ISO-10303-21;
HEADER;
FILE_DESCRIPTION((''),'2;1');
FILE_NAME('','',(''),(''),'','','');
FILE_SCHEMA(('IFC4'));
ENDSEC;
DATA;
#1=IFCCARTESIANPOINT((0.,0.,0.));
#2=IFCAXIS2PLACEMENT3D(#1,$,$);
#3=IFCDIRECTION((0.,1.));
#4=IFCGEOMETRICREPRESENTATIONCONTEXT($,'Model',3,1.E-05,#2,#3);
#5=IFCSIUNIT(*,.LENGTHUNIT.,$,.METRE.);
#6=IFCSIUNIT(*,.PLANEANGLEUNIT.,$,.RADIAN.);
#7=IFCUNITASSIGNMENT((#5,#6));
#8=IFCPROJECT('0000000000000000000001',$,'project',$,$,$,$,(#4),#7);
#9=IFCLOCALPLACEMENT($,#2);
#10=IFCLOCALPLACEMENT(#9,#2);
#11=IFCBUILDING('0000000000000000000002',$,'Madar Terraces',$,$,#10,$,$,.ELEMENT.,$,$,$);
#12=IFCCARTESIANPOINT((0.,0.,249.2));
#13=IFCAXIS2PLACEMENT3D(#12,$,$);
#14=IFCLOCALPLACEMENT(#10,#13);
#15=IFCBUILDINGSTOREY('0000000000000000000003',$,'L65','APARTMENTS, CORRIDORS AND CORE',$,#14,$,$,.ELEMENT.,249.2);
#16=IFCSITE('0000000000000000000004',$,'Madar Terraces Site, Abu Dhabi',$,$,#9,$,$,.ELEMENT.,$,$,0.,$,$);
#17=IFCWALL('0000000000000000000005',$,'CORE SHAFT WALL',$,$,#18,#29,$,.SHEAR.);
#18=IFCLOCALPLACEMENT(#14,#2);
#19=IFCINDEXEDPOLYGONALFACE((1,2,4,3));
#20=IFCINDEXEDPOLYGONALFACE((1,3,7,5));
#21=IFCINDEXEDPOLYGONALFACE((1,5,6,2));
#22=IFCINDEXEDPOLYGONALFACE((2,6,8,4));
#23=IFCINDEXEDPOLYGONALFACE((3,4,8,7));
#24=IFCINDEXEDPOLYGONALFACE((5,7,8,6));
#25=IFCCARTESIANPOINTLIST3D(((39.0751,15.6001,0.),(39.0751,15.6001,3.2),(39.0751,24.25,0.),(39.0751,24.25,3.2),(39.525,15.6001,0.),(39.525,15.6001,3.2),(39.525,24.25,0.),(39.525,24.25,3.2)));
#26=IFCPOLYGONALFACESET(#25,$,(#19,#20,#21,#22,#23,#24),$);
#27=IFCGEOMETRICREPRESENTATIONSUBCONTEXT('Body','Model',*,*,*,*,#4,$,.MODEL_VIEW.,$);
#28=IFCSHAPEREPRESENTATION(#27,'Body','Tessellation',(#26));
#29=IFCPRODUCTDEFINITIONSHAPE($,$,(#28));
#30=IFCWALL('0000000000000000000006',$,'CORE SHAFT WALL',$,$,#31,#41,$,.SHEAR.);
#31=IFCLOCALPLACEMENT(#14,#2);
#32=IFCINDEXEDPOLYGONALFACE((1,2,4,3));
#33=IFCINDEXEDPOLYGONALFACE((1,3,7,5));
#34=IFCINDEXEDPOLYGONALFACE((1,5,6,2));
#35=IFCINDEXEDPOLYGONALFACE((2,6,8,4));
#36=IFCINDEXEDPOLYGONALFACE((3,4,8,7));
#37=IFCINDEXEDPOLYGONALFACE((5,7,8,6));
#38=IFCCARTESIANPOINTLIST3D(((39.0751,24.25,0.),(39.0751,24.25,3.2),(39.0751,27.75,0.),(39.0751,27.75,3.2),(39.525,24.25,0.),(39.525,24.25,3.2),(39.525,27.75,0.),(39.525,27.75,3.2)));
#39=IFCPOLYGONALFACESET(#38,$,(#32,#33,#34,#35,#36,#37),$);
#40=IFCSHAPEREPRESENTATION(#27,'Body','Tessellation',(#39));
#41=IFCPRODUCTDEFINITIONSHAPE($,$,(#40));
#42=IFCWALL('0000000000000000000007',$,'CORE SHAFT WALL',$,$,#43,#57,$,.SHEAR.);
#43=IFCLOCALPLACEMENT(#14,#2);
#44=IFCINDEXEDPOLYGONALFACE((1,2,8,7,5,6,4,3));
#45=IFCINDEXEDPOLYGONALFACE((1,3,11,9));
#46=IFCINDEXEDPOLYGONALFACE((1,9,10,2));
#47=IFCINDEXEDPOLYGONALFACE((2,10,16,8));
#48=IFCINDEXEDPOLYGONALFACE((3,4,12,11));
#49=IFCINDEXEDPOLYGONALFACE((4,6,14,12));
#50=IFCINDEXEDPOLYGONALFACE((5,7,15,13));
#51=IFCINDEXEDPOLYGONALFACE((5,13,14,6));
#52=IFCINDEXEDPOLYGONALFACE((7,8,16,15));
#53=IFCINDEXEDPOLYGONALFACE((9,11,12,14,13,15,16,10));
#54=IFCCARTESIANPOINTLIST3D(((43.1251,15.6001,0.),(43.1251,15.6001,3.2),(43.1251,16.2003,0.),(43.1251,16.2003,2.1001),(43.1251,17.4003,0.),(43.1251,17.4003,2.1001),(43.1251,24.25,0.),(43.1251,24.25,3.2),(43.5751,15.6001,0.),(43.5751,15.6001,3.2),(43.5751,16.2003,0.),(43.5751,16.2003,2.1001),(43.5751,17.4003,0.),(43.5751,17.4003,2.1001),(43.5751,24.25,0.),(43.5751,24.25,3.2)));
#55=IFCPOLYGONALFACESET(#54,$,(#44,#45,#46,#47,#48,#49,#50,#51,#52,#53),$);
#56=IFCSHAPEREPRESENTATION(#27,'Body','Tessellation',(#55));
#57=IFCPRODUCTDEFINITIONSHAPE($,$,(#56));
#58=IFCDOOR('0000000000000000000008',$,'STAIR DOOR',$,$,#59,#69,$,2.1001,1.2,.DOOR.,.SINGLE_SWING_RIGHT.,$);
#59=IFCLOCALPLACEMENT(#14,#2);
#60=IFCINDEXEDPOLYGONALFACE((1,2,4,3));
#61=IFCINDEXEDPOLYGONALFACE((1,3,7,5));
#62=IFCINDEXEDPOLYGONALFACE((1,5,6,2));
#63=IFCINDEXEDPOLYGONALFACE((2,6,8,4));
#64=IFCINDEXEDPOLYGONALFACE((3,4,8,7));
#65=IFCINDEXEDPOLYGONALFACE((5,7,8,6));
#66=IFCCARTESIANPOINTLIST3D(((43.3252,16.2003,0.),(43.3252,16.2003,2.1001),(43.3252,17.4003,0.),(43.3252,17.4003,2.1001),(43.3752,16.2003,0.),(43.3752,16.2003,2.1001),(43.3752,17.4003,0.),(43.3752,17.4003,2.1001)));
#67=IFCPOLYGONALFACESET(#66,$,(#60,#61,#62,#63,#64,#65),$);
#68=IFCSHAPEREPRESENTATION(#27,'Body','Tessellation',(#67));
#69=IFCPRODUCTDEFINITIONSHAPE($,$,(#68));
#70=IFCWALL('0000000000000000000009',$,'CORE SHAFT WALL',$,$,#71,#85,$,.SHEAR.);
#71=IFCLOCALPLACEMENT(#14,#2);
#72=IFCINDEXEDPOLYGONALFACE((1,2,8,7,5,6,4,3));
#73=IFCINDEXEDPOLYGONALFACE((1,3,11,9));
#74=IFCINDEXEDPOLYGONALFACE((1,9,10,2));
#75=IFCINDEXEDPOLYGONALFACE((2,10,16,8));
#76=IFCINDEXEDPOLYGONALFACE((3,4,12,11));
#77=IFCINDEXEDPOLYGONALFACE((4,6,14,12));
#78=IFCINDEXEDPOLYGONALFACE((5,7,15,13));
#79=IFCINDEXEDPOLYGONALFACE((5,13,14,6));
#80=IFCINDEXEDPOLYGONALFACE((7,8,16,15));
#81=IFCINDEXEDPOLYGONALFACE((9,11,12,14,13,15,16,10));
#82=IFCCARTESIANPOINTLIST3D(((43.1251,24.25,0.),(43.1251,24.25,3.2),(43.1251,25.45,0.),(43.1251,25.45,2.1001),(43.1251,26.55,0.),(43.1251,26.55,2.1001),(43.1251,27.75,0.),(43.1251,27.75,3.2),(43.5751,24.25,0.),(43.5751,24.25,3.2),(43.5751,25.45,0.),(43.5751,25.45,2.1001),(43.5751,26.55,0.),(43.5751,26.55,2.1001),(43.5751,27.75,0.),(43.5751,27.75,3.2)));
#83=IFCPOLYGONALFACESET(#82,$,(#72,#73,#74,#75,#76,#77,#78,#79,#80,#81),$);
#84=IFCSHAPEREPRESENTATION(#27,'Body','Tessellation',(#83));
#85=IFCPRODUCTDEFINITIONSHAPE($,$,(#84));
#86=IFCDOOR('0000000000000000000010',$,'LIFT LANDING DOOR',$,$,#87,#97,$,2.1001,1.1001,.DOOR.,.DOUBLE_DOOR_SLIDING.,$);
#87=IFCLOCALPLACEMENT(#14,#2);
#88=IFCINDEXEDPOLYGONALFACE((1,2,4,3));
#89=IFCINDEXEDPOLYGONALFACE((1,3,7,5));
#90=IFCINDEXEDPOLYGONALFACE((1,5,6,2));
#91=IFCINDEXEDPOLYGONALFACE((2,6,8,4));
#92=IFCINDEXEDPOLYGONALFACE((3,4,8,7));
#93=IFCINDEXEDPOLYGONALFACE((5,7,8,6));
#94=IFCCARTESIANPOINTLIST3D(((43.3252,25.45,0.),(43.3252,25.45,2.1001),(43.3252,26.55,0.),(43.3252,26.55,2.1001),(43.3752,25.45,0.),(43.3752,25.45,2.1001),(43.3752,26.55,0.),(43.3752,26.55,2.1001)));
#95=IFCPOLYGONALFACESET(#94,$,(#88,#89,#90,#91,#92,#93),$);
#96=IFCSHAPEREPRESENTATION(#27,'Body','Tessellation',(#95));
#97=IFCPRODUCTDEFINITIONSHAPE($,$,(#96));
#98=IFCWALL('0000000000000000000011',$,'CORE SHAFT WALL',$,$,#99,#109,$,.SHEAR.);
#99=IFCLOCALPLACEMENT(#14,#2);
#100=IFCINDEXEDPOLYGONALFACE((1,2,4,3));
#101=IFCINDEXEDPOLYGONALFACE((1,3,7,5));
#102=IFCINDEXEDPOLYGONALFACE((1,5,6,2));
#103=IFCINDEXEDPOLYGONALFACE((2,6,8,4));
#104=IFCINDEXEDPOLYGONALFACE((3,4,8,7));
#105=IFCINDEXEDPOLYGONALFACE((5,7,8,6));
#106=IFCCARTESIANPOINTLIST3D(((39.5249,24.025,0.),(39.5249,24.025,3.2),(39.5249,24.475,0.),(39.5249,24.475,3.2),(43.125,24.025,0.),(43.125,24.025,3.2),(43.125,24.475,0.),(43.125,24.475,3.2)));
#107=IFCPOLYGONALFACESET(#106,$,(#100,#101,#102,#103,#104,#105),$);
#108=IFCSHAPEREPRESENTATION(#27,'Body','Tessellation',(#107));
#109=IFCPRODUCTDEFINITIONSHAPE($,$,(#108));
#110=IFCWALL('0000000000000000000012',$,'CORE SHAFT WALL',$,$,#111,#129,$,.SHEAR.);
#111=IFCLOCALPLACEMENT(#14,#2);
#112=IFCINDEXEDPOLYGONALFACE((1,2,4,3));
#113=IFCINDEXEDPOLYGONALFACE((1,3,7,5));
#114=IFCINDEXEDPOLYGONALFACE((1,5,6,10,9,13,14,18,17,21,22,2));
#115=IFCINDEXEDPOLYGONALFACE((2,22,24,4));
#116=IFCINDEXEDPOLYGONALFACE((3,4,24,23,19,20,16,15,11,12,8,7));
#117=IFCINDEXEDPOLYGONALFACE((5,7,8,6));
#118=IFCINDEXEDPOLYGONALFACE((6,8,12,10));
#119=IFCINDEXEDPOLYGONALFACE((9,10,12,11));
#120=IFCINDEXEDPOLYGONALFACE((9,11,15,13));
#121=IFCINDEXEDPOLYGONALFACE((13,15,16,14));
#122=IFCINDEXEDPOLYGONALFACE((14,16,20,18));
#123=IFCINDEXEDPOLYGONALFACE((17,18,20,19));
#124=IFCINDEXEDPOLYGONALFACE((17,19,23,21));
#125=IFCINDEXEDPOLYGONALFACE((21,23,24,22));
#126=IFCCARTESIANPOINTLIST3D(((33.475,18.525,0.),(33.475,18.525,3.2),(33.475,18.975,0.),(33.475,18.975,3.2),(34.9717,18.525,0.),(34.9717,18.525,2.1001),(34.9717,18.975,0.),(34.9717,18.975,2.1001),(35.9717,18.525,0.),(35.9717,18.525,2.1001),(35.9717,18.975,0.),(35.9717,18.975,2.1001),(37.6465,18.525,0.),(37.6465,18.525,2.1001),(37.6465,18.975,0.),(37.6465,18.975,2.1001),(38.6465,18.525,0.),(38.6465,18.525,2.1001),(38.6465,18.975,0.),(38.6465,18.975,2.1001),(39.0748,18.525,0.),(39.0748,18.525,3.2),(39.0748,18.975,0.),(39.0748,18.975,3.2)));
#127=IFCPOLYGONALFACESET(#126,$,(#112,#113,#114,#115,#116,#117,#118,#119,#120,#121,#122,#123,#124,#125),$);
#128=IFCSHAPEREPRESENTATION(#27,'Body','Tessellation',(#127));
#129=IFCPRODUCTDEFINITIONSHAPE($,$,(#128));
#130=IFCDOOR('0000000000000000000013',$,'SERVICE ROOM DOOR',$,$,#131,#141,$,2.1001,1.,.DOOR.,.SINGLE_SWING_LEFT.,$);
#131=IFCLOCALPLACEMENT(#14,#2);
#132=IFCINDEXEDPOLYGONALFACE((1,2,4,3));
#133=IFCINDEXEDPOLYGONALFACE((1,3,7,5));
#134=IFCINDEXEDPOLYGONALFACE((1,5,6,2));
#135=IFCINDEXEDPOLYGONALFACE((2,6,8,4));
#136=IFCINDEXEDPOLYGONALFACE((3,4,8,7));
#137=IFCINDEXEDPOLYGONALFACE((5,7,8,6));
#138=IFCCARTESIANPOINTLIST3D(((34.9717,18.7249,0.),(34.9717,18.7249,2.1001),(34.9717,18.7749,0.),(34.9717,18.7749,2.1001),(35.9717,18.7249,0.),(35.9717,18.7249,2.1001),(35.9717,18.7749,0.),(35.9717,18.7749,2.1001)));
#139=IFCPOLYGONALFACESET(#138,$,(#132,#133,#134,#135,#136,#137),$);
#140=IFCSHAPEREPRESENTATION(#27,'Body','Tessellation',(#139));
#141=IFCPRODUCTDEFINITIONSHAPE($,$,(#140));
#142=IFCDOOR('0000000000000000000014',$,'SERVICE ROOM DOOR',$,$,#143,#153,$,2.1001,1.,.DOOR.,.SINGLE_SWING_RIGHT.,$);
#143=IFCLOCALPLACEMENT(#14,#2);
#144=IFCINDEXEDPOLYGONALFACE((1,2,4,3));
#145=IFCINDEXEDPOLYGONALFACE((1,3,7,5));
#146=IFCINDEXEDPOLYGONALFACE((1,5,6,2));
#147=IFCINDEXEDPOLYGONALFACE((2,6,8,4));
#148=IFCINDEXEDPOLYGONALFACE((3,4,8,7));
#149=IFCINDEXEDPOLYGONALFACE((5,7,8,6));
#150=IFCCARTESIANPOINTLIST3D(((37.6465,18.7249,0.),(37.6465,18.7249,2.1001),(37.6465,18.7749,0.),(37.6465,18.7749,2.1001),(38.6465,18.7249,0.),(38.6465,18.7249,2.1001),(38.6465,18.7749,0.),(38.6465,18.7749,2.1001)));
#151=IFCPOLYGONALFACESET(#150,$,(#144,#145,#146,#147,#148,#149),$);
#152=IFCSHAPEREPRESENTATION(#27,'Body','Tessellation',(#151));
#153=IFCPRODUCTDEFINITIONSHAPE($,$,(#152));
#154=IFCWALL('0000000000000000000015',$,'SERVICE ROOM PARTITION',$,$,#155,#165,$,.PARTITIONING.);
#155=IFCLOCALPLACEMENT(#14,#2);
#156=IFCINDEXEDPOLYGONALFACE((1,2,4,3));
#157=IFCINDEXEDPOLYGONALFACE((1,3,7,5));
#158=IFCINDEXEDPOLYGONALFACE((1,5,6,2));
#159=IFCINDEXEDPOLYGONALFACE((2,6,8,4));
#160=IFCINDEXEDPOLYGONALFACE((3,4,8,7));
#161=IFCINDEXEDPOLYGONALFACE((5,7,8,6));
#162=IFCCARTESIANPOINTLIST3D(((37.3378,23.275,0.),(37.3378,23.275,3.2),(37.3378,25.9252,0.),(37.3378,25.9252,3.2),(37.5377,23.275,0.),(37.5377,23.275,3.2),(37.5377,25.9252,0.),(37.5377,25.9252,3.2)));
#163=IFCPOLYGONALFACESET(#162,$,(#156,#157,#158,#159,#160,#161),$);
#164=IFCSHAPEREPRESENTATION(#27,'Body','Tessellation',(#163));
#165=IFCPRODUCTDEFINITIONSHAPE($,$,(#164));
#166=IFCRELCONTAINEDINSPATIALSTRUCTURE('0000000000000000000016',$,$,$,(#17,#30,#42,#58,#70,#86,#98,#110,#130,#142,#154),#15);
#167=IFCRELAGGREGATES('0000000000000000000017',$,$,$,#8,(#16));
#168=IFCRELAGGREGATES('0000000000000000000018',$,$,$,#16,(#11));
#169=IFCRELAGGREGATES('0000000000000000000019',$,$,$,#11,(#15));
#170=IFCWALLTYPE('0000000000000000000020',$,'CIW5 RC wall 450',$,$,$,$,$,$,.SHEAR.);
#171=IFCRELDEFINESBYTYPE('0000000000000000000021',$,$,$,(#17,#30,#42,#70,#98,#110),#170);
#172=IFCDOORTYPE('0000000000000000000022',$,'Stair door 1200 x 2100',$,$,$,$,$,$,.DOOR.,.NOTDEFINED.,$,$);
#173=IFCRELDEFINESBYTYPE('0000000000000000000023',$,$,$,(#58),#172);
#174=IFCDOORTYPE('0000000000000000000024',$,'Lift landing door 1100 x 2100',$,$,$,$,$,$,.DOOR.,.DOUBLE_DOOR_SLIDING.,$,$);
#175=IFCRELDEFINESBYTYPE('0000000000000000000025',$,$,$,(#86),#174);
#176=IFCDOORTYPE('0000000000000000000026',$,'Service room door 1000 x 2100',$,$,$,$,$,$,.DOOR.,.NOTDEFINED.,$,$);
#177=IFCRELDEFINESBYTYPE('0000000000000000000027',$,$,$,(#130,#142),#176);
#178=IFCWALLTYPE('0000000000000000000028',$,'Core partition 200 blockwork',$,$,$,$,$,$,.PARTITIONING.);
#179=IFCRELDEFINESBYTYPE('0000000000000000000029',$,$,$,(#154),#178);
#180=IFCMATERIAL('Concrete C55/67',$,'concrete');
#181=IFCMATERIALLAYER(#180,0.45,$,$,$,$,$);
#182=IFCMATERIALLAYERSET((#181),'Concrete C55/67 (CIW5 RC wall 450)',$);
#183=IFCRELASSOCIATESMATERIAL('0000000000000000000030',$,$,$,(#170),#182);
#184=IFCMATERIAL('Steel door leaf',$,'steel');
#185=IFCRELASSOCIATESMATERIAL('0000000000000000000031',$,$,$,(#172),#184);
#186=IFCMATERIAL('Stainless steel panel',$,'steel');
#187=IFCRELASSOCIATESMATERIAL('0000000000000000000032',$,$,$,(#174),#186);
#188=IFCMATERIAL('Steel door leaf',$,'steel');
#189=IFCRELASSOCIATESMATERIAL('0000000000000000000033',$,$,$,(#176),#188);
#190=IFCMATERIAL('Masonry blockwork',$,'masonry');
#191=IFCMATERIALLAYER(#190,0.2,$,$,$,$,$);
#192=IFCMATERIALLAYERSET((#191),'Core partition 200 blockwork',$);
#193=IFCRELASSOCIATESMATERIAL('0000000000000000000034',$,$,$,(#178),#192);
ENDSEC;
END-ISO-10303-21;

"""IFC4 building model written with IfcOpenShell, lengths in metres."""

from ifc_helpers import new_model, si_unit, direction, frame, frame_2d, origin, place, context, subcontext, project, spatial, rectangle, extrude, material, layer, layer_set, type_object, element, fill, save


model = new_model("IFC4")

# Units and contexts
model_context = context("Model", 3, precision=1e-05, world=origin(), true_north=direction((0.0, 1.0)))
body_context = subcontext(model_context, "Body", "Model", "MODEL_VIEW")
ifc_project = project(units=[si_unit("LENGTHUNIT", "METRE"), si_unit("PLANEANGLEUNIT", "RADIAN")], contexts=[model_context])

# Site, building, storey
site_placement = place(None, origin())
site = spatial("IfcSite", under=ifc_project, at=site_placement, Name="Madar Terraces Site, Abu Dhabi", CompositionType="ELEMENT", RefElevation=0.0)
building_placement = place(site_placement, origin())
building = spatial("IfcBuilding", under=site, at=building_placement, Name="Madar Terraces", CompositionType="ELEMENT")
storey_placement = place(building_placement, frame((0.0, 0.0, 249.2)))
storey = spatial("IfcBuildingStorey", under=building, at=storey_placement, Name="L65", Description="APARTMENTS, CORRIDORS AND CORE", CompositionType="ELEMENT", Elevation=249.2)

# Walls
ifc_material_1 = material(Name="Concrete C55/67", Category="concrete")
ifc_layer_1 = layer(ifc_material_1, 0.45)
ifc_layer_set_1 = layer_set([ifc_layer_1], Name="Concrete C55/67 (CIW5 RC wall 450)")
wall_type_1 = type_object("IfcWallType", Name="CIW5 RC wall 450", PredefinedType="SHEAR", material=ifc_layer_set_1)
wall_1_placement = place(storey_placement, frame((39.3, 15.6001, 0.0), z_axis=(0.0, 0.0, 1.0), x_axis=(0.0, 1.0, 0.0)))
element("IfcWall", 1, at=wall_1_placement, inside=storey, type_object=wall_type_1, Name="CORE SHAFT WALL", PredefinedType="SHEAR", context=body_context, shape_type="SweptSolid", body=[
    extrude(rectangle(XDim=8.6499, YDim=0.45, at=frame_2d((4.325, 0.0))), origin(), (0.0, 0.0, 1.0), 3.2),
])
wall_2_placement = place(storey_placement, frame((39.3, 24.25, 0.0), z_axis=(0.0, 0.0, 1.0), x_axis=(0.0, 1.0, 0.0)))
element("IfcWall", 2, at=wall_2_placement, inside=storey, type_object=wall_type_1, Name="CORE SHAFT WALL", PredefinedType="SHEAR", context=body_context, shape_type="SweptSolid", body=[
    extrude(rectangle(XDim=3.5, YDim=0.45, at=frame_2d((1.75, 0.0))), origin(), (0.0, 0.0, 1.0), 3.2),
])

# Walls, openings, doors
wall_3_placement = place(storey_placement, frame((43.3501, 15.6001, 0.0), z_axis=(0.0, 0.0, 1.0), x_axis=(0.0, 1.0, 0.0)))
wall_3 = element("IfcWall", 3, at=wall_3_placement, inside=storey, type_object=wall_type_1, Name="CORE SHAFT WALL", PredefinedType="SHEAR", context=body_context, shape_type="SweptSolid", body=[
    extrude(rectangle(XDim=8.6499, YDim=0.45, at=frame_2d((4.325, 0.0))), origin(), (0.0, 0.0, 1.0), 3.2),
])
opening_1_placement = place(wall_3_placement, frame((0.6001, 0.0, 0.0)))
opening_1 = element("IfcOpeningElement", 4, at=opening_1_placement, cuts=wall_3, PredefinedType="OPENING", context=body_context, shape_type="SweptSolid", body=[
    extrude(rectangle(XDim=1.2, YDim=2.1001, at=frame_2d((0.6001, 1.05))), frame((0.0, 0.2349, 0.0), z_axis=(0.0, -1.0, 0.0), x_axis=(1.0, 0.0, 0.0)), (0.0, 0.0, 1.0), 0.47),
])
ifc_material_2 = material(Name="Steel door leaf", Category="steel")
door_type_1 = type_object("IfcDoorType", Name="Stair door 1200 x 2100", OperationType="NOTDEFINED", PredefinedType="DOOR", material=ifc_material_2)
door_1_placement = place(opening_1_placement, origin())
door_1 = element("IfcDoor", 5, at=door_1_placement, inside=storey, type_object=door_type_1, Name="STAIR DOOR", OperationType="SINGLE_SWING_RIGHT", OverallHeight=2.1001, OverallWidth=1.2, PredefinedType="DOOR", context=body_context, shape_type="SweptSolid", body=[
    extrude(rectangle(XDim=1.2, YDim=2.1001, at=frame_2d((0.6001, 1.05))), frame((0.0, 0.0249, 0.0), z_axis=(0.0, -1.0, 0.0), x_axis=(1.0, 0.0, 0.0)), (0.0, 0.0, 1.0), 0.05),
])
fill(opening_1, door_1)
wall_4_placement = place(storey_placement, frame((43.3501, 24.25, 0.0), z_axis=(0.0, 0.0, 1.0), x_axis=(0.0, 1.0, 0.0)))
wall_4 = element("IfcWall", 6, at=wall_4_placement, inside=storey, type_object=wall_type_1, Name="CORE SHAFT WALL", PredefinedType="SHEAR", context=body_context, shape_type="SweptSolid", body=[
    extrude(rectangle(XDim=3.5, YDim=0.45, at=frame_2d((1.75, 0.0))), origin(), (0.0, 0.0, 1.0), 3.2),
])
opening_2_placement = place(wall_4_placement, frame((1.2, 0.0, 0.0)))
opening_2 = element("IfcOpeningElement", 7, at=opening_2_placement, cuts=wall_4, PredefinedType="OPENING", context=body_context, shape_type="SweptSolid", body=[
    extrude(rectangle(XDim=1.1001, YDim=2.1001, at=frame_2d((0.55, 1.05))), frame((0.0, 0.2349, 0.0), z_axis=(0.0, -1.0, 0.0), x_axis=(1.0, 0.0, 0.0)), (0.0, 0.0, 1.0), 0.47),
])
ifc_material_3 = material(Name="Stainless steel panel", Category="steel")
door_type_2 = type_object("IfcDoorType", Name="Lift landing door 1100 x 2100", OperationType="DOUBLE_DOOR_SLIDING", PredefinedType="DOOR", material=ifc_material_3)
door_2_placement = place(opening_2_placement, origin())
door_2 = element("IfcDoor", 8, at=door_2_placement, inside=storey, type_object=door_type_2, Name="LIFT LANDING DOOR", OperationType="DOUBLE_DOOR_SLIDING", OverallHeight=2.1001, OverallWidth=1.1001, PredefinedType="DOOR", context=body_context, shape_type="SweptSolid", body=[
    extrude(rectangle(XDim=1.1001, YDim=2.1001, at=frame_2d((0.55, 1.05))), frame((0.0, 0.0249, 0.0), z_axis=(0.0, -1.0, 0.0), x_axis=(1.0, 0.0, 0.0)), (0.0, 0.0, 1.0), 0.05),
])
fill(opening_2, door_2)

# Wall
wall_5_placement = place(storey_placement, frame((39.5249, 24.25, 0.0), z_axis=(0.0, 0.0, 1.0), x_axis=(1.0, 0.0, 0.0)))
element("IfcWall", 9, at=wall_5_placement, inside=storey, type_object=wall_type_1, Name="CORE SHAFT WALL", PredefinedType="SHEAR", context=body_context, shape_type="SweptSolid", body=[
    extrude(rectangle(XDim=3.6001, YDim=0.45, at=frame_2d((1.8, 0.0))), origin(), (0.0, 0.0, 1.0), 3.2),
])

# Wall, openings, doors
wall_6_placement = place(storey_placement, frame((33.4751, 18.75, 0.0), z_axis=(0.0, 0.0, 1.0), x_axis=(1.0, 0.0, 0.0)))
wall_6 = element("IfcWall", 10, at=wall_6_placement, inside=storey, type_object=wall_type_1, Name="CORE SHAFT WALL", PredefinedType="SHEAR", context=body_context, shape_type="SweptSolid", body=[
    extrude(rectangle(XDim=5.5999, YDim=0.45, at=frame_2d((2.7998, 0.0))), origin(), (0.0, 0.0, 1.0), 3.2),
])
opening_3_placement = place(wall_6_placement, frame((1.4966, 0.0, 0.0)))
opening_3 = element("IfcOpeningElement", 11, at=opening_3_placement, cuts=wall_6, PredefinedType="OPENING", context=body_context, shape_type="SweptSolid", body=[
    extrude(rectangle(XDim=1.0, YDim=2.1001, at=frame_2d((0.5, 1.05))), frame((0.0, 0.2349, 0.0), z_axis=(0.0, -1.0, 0.0), x_axis=(1.0, 0.0, 0.0)), (0.0, 0.0, 1.0), 0.47),
])
opening_4_placement = place(wall_6_placement, frame((4.1714, 0.0, 0.0)))
opening_4 = element("IfcOpeningElement", 12, at=opening_4_placement, cuts=wall_6, PredefinedType="OPENING", context=body_context, shape_type="SweptSolid", body=[
    extrude(rectangle(XDim=1.0, YDim=2.1001, at=frame_2d((0.5, 1.05))), frame((0.0, 0.2349, 0.0), z_axis=(0.0, -1.0, 0.0), x_axis=(1.0, 0.0, 0.0)), (0.0, 0.0, 1.0), 0.47),
])
ifc_material_4 = material(Name="Steel door leaf", Category="steel")
door_type_3 = type_object("IfcDoorType", Name="Service room door 1000 x 2100", OperationType="NOTDEFINED", PredefinedType="DOOR", material=ifc_material_4)
door_3_placement = place(opening_3_placement, origin())
door_3 = element("IfcDoor", 13, at=door_3_placement, inside=storey, type_object=door_type_3, Name="SERVICE ROOM DOOR", OperationType="SINGLE_SWING_LEFT", OverallHeight=2.1001, OverallWidth=1.0, PredefinedType="DOOR", context=body_context, shape_type="SweptSolid", body=[
    extrude(rectangle(XDim=1.0, YDim=2.1001, at=frame_2d((0.5, 1.05))), frame((0.0, 0.0249, 0.0), z_axis=(0.0, -1.0, 0.0), x_axis=(1.0, 0.0, 0.0)), (0.0, 0.0, 1.0), 0.05),
])
fill(opening_3, door_3)
door_4_placement = place(opening_4_placement, origin())
door_4 = element("IfcDoor", 14, at=door_4_placement, inside=storey, type_object=door_type_3, Name="SERVICE ROOM DOOR", OperationType="SINGLE_SWING_RIGHT", OverallHeight=2.1001, OverallWidth=1.0, PredefinedType="DOOR", context=body_context, shape_type="SweptSolid", body=[
    extrude(rectangle(XDim=1.0, YDim=2.1001, at=frame_2d((0.5, 1.05))), frame((0.0, 0.0249, 0.0), z_axis=(0.0, -1.0, 0.0), x_axis=(1.0, 0.0, 0.0)), (0.0, 0.0, 1.0), 0.05),
])
fill(opening_4, door_4)

# Wall
ifc_material_5 = material(Name="Masonry blockwork", Category="masonry")
ifc_layer_2 = layer(ifc_material_5, 0.2)
ifc_layer_set_2 = layer_set([ifc_layer_2], Name="Core partition 200 blockwork")
wall_type_2 = type_object("IfcWallType", Name="Core partition 200 blockwork", PredefinedType="PARTITIONING", material=ifc_layer_set_2)
wall_7_placement = place(storey_placement, frame((37.4377, 23.2749, 0.0), z_axis=(0.0, 0.0, 1.0), x_axis=(0.0, 1.0, 0.0)))
element("IfcWall", 15, at=wall_7_placement, inside=storey, type_object=wall_type_2, Name="SERVICE ROOM PARTITION", PredefinedType="PARTITIONING", context=body_context, shape_type="SweptSolid", body=[
    extrude(rectangle(XDim=2.6501, YDim=0.2, at=frame_2d((1.3252, 0.0))), origin(), (0.0, 0.0, 1.0), 3.2),
])

save(model, "model.ifc")
